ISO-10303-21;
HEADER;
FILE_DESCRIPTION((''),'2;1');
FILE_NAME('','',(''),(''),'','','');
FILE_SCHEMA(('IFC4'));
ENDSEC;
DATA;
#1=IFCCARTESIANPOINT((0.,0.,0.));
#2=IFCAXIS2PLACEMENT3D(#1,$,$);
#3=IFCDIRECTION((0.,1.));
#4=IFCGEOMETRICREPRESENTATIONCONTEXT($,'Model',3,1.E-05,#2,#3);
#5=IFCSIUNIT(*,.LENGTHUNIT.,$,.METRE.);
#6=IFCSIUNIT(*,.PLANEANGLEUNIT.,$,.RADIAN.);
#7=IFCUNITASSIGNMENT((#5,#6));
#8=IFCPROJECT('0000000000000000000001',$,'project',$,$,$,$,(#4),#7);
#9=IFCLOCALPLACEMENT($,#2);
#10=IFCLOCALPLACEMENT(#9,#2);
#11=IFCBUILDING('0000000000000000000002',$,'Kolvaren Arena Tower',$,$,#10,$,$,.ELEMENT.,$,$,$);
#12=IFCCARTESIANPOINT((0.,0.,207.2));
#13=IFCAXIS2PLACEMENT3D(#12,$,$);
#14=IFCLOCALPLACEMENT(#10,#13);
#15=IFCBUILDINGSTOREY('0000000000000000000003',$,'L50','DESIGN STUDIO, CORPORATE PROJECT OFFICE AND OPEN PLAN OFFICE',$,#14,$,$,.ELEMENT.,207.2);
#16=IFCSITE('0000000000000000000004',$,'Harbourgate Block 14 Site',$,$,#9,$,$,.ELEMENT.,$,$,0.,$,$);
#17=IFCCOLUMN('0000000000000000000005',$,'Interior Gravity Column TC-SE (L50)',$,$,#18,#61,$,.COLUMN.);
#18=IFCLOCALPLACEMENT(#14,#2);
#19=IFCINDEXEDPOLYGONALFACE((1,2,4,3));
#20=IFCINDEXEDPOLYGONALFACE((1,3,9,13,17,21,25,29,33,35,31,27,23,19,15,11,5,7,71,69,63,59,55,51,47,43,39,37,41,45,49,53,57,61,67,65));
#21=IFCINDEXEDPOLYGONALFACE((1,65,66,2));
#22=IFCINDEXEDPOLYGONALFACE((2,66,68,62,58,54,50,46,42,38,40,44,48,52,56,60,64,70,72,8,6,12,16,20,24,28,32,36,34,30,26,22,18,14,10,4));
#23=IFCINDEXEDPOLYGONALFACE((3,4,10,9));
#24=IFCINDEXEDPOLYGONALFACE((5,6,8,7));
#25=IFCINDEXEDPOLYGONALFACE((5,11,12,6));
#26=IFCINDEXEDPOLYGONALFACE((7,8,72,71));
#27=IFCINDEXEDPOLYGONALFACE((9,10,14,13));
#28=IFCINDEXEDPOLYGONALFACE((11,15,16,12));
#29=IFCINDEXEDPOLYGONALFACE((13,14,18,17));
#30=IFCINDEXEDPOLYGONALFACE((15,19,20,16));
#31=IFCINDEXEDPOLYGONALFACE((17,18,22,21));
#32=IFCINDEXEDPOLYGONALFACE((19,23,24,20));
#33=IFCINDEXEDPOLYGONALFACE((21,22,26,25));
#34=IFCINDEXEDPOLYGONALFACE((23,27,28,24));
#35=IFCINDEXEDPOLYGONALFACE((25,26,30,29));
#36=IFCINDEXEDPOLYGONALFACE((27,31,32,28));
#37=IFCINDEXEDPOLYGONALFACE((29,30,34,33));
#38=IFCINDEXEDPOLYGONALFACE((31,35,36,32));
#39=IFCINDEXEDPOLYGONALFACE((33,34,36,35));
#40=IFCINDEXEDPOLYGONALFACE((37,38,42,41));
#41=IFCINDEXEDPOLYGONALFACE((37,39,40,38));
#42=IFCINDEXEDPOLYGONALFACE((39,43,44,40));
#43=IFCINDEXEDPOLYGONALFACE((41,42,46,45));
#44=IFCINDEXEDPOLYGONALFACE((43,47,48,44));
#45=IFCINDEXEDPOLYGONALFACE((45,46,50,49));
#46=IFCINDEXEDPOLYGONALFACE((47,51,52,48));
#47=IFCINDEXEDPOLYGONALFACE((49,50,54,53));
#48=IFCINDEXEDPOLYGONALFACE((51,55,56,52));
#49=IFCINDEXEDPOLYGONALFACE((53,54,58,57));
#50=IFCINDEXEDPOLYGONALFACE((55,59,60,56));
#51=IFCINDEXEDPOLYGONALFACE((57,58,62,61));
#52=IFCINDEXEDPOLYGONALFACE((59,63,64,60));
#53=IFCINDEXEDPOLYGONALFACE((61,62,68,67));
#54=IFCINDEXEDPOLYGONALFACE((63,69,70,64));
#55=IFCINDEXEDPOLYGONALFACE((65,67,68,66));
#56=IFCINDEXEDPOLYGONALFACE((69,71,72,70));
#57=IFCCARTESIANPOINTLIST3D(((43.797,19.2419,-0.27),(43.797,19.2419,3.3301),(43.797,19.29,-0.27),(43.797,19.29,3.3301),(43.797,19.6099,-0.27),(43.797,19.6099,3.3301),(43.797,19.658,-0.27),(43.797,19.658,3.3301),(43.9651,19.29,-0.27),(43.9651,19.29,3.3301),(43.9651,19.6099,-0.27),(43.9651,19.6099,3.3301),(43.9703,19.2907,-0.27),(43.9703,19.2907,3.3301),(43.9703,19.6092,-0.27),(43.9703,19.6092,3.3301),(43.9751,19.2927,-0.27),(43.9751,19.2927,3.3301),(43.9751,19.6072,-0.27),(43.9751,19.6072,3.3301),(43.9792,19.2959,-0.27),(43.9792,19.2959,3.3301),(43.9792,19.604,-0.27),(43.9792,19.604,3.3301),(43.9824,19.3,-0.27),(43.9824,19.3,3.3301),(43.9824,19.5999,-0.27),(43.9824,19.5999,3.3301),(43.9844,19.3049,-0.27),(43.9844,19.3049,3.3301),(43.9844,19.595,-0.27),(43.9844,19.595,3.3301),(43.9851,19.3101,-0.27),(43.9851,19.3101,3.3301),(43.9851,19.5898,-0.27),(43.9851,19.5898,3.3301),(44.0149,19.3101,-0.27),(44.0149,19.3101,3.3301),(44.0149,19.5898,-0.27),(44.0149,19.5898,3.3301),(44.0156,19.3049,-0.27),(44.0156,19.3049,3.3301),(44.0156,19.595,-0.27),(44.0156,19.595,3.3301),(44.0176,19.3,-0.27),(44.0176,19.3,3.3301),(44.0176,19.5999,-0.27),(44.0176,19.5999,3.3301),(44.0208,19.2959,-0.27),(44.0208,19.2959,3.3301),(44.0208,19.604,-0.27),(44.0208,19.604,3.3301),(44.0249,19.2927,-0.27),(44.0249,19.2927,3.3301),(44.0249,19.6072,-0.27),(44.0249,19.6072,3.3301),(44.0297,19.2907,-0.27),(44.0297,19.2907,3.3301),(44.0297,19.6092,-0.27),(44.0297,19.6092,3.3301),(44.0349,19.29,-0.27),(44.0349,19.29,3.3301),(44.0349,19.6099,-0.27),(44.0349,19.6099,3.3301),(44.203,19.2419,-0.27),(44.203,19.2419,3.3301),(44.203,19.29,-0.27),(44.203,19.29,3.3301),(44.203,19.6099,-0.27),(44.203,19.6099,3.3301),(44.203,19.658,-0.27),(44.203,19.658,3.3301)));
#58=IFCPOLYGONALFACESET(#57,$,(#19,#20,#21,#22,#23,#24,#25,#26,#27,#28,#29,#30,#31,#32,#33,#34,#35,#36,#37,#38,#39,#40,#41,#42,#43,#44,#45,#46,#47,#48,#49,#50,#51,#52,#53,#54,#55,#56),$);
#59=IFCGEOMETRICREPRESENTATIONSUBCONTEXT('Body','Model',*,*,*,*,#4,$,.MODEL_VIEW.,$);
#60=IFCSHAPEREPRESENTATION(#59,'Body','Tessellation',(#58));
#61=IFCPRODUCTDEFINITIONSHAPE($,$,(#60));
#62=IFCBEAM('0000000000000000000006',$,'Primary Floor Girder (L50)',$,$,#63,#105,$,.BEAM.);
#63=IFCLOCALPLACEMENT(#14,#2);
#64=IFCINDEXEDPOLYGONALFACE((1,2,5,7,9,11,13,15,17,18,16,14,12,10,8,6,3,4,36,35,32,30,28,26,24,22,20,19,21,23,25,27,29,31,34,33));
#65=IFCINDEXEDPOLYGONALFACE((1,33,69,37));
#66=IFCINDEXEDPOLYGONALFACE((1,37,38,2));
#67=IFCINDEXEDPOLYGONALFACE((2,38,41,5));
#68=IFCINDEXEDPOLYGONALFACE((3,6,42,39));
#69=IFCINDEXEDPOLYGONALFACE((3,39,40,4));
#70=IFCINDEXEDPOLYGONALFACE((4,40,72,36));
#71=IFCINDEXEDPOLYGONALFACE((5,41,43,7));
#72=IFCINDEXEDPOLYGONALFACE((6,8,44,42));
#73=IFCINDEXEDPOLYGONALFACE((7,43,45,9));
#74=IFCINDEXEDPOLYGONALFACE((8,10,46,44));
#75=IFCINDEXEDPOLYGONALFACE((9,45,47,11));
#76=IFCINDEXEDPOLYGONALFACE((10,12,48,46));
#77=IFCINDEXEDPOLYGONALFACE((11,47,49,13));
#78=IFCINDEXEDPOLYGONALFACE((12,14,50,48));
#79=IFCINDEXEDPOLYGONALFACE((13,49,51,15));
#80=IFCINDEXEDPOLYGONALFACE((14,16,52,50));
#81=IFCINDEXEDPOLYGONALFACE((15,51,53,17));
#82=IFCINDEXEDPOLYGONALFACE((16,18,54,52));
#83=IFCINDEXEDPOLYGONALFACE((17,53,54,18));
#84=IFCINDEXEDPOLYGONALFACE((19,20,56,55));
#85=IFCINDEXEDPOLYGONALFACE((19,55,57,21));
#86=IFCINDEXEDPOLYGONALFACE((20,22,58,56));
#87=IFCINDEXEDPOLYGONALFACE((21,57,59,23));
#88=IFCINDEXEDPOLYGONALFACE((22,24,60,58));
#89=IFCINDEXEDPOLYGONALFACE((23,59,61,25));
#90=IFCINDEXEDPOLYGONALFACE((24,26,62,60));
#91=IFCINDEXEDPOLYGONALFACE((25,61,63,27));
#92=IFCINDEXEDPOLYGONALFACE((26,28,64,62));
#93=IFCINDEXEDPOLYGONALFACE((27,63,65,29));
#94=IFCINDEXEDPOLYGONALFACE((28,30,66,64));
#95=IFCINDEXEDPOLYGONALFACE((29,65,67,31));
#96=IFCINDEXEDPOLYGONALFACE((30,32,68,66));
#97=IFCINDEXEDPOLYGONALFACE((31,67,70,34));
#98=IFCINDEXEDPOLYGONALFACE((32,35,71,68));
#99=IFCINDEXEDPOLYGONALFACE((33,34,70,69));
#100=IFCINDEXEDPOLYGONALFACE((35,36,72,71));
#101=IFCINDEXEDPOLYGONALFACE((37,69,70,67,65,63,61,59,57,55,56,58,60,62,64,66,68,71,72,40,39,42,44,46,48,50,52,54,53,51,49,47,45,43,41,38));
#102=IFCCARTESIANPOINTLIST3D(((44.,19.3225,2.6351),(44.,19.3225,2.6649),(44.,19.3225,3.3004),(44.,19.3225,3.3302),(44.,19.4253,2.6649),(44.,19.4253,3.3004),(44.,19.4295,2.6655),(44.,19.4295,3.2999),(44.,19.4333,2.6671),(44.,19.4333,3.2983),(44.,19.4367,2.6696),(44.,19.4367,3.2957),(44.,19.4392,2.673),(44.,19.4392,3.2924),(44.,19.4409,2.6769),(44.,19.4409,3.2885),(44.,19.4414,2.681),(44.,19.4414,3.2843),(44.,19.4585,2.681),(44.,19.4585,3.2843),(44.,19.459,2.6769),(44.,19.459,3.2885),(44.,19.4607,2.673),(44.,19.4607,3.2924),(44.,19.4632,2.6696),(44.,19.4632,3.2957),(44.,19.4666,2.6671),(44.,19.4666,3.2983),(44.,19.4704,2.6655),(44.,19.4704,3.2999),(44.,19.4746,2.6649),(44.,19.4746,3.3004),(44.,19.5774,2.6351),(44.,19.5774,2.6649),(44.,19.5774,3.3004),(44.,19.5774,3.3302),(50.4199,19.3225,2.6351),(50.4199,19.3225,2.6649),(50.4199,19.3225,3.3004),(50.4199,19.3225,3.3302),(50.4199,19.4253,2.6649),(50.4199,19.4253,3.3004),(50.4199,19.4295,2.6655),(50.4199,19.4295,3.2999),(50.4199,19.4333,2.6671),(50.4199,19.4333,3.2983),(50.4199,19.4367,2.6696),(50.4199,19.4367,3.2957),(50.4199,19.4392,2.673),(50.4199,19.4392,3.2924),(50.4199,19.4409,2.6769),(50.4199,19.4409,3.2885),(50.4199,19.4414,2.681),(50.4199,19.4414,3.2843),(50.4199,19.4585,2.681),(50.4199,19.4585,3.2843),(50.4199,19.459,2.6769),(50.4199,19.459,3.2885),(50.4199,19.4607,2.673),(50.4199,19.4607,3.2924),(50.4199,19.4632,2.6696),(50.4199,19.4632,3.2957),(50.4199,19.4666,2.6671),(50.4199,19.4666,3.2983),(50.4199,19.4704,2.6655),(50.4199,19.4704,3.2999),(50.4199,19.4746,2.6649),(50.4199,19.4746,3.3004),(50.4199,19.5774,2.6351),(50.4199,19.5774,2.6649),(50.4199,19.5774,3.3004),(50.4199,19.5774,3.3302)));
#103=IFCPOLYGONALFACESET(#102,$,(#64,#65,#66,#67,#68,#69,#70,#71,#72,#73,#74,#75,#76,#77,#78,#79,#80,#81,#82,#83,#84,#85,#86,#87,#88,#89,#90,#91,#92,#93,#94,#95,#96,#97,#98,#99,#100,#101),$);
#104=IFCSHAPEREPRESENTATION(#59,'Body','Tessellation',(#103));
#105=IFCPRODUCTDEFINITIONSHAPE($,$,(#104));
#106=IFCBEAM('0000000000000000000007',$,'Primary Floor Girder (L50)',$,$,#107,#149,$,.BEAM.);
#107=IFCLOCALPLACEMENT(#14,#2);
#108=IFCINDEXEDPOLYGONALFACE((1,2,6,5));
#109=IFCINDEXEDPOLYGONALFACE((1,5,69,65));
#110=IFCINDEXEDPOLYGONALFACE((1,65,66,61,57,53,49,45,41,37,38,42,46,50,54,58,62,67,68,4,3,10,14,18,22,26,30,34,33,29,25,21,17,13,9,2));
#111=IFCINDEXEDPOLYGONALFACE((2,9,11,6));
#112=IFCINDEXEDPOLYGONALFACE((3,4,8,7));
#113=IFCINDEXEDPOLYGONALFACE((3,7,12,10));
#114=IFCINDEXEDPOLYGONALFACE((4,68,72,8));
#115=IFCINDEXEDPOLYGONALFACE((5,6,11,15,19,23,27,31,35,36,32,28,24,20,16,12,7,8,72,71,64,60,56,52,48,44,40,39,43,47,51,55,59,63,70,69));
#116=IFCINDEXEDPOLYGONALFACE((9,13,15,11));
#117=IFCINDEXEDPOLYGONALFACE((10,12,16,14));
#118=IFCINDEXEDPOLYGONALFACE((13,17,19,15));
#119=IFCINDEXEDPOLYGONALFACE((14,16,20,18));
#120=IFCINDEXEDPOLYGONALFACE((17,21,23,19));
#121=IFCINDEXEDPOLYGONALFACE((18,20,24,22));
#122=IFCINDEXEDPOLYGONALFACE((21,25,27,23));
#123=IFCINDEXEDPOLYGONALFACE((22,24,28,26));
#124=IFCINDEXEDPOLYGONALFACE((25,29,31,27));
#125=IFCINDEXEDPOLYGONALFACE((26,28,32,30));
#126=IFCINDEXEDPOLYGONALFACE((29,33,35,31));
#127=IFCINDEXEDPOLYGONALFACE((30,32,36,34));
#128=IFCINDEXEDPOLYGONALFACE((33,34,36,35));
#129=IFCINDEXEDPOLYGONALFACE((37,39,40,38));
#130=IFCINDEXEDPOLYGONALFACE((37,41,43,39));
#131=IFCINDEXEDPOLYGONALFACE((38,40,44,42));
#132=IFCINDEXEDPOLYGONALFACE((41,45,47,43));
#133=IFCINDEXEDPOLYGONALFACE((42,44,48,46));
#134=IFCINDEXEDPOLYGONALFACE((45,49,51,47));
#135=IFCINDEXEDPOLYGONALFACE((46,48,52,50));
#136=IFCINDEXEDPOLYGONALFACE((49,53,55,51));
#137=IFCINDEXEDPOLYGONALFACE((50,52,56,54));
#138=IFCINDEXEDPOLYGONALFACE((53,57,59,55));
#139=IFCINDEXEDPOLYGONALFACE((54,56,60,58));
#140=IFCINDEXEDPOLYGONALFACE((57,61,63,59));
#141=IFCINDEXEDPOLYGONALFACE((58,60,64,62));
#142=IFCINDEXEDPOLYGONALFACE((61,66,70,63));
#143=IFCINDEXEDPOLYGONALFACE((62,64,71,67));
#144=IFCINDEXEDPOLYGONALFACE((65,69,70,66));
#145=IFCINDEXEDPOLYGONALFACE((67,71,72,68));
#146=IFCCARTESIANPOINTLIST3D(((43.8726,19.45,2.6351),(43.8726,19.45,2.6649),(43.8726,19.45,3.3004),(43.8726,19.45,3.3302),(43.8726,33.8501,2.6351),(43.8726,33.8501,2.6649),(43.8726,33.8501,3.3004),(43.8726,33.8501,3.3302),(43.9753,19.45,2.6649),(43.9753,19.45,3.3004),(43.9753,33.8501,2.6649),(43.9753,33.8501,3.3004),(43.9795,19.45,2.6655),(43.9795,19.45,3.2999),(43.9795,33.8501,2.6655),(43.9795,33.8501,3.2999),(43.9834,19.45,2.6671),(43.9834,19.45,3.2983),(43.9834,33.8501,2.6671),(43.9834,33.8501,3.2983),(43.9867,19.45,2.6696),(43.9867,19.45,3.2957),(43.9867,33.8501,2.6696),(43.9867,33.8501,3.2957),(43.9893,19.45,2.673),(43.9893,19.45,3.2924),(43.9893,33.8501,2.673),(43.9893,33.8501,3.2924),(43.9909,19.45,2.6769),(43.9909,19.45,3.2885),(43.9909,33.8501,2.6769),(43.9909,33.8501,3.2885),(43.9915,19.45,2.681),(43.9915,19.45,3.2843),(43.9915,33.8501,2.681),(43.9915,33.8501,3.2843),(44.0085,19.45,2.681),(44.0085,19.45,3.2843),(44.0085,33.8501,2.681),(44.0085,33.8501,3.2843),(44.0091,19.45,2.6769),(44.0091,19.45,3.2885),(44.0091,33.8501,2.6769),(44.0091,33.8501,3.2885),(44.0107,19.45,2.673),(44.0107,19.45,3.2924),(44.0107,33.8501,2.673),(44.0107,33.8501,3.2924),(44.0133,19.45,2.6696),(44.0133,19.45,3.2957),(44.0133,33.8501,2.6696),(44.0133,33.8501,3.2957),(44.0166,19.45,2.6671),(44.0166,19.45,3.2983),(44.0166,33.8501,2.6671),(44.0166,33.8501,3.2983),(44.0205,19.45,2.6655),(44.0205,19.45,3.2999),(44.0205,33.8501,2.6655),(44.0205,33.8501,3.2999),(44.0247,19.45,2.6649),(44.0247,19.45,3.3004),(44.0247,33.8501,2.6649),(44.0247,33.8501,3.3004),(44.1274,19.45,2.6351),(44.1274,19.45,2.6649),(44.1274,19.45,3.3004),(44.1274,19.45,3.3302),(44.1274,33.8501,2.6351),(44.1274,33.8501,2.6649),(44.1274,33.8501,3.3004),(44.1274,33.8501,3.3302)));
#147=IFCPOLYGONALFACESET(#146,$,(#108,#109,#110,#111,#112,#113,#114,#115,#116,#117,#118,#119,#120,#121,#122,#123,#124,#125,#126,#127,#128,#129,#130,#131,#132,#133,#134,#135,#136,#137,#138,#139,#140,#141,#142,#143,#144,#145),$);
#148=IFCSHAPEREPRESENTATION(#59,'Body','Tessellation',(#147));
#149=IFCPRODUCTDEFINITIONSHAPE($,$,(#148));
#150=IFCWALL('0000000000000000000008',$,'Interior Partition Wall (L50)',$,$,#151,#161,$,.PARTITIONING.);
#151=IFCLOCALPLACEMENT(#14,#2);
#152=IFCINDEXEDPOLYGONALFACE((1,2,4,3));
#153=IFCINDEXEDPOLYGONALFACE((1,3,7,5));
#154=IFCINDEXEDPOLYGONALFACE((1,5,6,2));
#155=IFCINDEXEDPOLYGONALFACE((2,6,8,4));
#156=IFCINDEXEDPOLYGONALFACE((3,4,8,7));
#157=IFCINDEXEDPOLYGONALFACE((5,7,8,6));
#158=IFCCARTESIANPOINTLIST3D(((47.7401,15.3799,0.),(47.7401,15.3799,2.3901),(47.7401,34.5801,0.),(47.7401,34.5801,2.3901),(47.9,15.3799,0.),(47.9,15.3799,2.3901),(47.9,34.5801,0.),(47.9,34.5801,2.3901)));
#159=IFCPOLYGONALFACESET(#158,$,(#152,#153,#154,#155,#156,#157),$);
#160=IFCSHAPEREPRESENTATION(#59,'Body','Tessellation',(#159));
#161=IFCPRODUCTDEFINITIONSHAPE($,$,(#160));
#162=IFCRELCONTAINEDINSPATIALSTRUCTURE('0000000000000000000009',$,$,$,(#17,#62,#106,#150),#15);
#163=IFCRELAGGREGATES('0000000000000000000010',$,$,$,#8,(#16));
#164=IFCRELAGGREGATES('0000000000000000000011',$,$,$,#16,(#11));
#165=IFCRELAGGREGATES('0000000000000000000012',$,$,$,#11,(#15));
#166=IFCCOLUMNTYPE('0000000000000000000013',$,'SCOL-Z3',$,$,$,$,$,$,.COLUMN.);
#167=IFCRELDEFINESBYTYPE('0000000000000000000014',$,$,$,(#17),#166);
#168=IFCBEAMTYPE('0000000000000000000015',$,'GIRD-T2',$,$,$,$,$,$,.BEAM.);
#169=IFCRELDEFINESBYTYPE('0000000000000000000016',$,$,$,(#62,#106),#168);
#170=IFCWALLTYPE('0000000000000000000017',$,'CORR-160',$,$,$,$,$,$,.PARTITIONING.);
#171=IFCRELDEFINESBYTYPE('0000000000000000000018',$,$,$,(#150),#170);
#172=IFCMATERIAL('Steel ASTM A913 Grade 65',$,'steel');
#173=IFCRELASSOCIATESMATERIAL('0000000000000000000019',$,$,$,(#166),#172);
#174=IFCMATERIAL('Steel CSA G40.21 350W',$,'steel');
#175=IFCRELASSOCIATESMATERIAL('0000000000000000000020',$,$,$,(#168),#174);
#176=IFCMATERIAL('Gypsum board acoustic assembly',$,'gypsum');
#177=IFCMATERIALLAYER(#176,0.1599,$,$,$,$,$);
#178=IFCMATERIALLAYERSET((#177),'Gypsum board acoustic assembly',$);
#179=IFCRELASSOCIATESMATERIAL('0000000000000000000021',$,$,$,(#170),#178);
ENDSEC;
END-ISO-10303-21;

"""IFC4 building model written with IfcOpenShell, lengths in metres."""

from ifc_helpers import new_model, si_unit, direction, frame, frame_2d, origin, origin_2d, place, context, subcontext, project, spatial, rectangle, i_section, extrude, material, layer, layer_set, material_profile, profile_set, type_object, element, save


model = new_model("IFC4")

# Units and contexts
model_context = context("Model", 3, precision=1e-05, world=origin(), true_north=direction((0.0, 1.0)))
body_context = subcontext(model_context, "Body", "Model", "MODEL_VIEW")
ifc_project = project(units=[si_unit("LENGTHUNIT", "METRE"), si_unit("PLANEANGLEUNIT", "RADIAN")], contexts=[model_context])

# Site, building, storey
site_placement = place(None, origin())
site = spatial("IfcSite", under=ifc_project, at=site_placement, Name="Harbourgate Block 14 Site", CompositionType="ELEMENT", RefElevation=0.0)
building_placement = place(site_placement, origin())
building = spatial("IfcBuilding", under=site, at=building_placement, Name="Kolvaren Arena Tower", CompositionType="ELEMENT")
storey_placement = place(building_placement, frame((0.0, 0.0, 207.2)))
storey = spatial("IfcBuildingStorey", under=building, at=storey_placement, Name="L50", Description="DESIGN STUDIO, CORPORATE PROJECT OFFICE AND OPEN PLAN OFFICE", CompositionType="ELEMENT", Elevation=207.2)

# Column
ifc_material_1 = material(Name="Steel ASTM A913 Grade 65", Category="steel")
ifc_material_profile_1 = material_profile(ifc_material_1, i_section(OverallWidth=0.406, OverallDepth=0.416, WebThickness=0.0298, FlangeThickness=0.0481, FilletRadius=0.02, at=origin_2d()), Name="W360x382")
ifc_profile_set_1 = profile_set([ifc_material_profile_1], Name="Steel ASTM A913 Grade 65")
column_type = type_object("IfcColumnType", Name="SCOL-Z3", PredefinedType="COLUMN", material=ifc_profile_set_1)
column_placement = place(storey_placement, frame((44.0, 19.45, -0.27), z_axis=(0.0, 0.0, 1.0), x_axis=(1.0, 0.0, 0.0)))
element("IfcColumn", 1, at=column_placement, inside=storey, type_object=column_type, Name="Interior Gravity Column TC-SE (L50)", PredefinedType="COLUMN", context=body_context, shape_type="SweptSolid", body=[
    extrude(i_section(OverallWidth=0.406, OverallDepth=0.416, WebThickness=0.0298, FlangeThickness=0.0481, FilletRadius=0.02, at=origin_2d()), origin(), (0.0, 0.0, 1.0), 3.6001),
])

# Beams
ifc_material_2 = material(Name="Steel CSA G40.21 350W", Category="steel")
ifc_material_profile_2 = material_profile(ifc_material_2, i_section(OverallWidth=0.2549, OverallDepth=0.6951, WebThickness=0.0171, FlangeThickness=0.0298, FilletRadius=0.0161, at=origin_2d()), Name="W690x217")
ifc_profile_set_2 = profile_set([ifc_material_profile_2], Name="Steel CSA G40.21 350W")
beam_type = type_object("IfcBeamType", Name="GIRD-T2", PredefinedType="BEAM", material=ifc_profile_set_2)
beam_1_placement = place(storey_placement, frame((44.0, 19.45, 2.9827), z_axis=(1.0, 0.0, 0.0), x_axis=(0.0, 1.0, 0.0)))
element("IfcBeam", 2, at=beam_1_placement, inside=storey, type_object=beam_type, Name="Primary Floor Girder (L50)", PredefinedType="BEAM", context=body_context, shape_type="SweptSolid", body=[
    extrude(i_section(OverallWidth=0.2549, OverallDepth=0.6951, WebThickness=0.0171, FlangeThickness=0.0298, FilletRadius=0.0161, at=origin_2d()), origin(), (0.0, 0.0, 1.0), 6.4199),
])
beam_2_placement = place(storey_placement, frame((44.0, 19.45, 2.9827), z_axis=(0.0, 1.0, 0.0), x_axis=(-1.0, 0.0, 0.0)))
element("IfcBeam", 3, at=beam_2_placement, inside=storey, type_object=beam_type, Name="Primary Floor Girder (L50)", PredefinedType="BEAM", context=body_context, shape_type="SweptSolid", body=[
    extrude(i_section(OverallWidth=0.2549, OverallDepth=0.6951, WebThickness=0.0171, FlangeThickness=0.0298, FilletRadius=0.0161, at=origin_2d()), origin(), (0.0, 0.0, 1.0), 14.4001),
])

# Wall
ifc_material_3 = material(Name="Gypsum board acoustic assembly", Category="gypsum")
ifc_layer_1 = layer(ifc_material_3, 0.1599)
ifc_layer_set_1 = layer_set([ifc_layer_1], Name="Gypsum board acoustic assembly")
wall_type_1 = type_object("IfcWallType", Name="CORR-160", PredefinedType="PARTITIONING", material=ifc_layer_set_1)
wall_1_placement = place(storey_placement, frame((47.8201, 15.3799, 0.0), z_axis=(0.0, 0.0, 1.0), x_axis=(0.0, 1.0, 0.0)))
element("IfcWall", 4, at=wall_1_placement, inside=storey, type_object=wall_type_1, Name="Interior Partition Wall (L50)", PredefinedType="PARTITIONING", context=body_context, shape_type="SweptSolid", body=[
    extrude(rectangle(XDim=19.2002, YDim=0.1599, at=frame_2d((9.6001, 0.0))), origin(), (0.0, 0.0, 1.0), 2.3901),
])

save(model, "model.ifc")
